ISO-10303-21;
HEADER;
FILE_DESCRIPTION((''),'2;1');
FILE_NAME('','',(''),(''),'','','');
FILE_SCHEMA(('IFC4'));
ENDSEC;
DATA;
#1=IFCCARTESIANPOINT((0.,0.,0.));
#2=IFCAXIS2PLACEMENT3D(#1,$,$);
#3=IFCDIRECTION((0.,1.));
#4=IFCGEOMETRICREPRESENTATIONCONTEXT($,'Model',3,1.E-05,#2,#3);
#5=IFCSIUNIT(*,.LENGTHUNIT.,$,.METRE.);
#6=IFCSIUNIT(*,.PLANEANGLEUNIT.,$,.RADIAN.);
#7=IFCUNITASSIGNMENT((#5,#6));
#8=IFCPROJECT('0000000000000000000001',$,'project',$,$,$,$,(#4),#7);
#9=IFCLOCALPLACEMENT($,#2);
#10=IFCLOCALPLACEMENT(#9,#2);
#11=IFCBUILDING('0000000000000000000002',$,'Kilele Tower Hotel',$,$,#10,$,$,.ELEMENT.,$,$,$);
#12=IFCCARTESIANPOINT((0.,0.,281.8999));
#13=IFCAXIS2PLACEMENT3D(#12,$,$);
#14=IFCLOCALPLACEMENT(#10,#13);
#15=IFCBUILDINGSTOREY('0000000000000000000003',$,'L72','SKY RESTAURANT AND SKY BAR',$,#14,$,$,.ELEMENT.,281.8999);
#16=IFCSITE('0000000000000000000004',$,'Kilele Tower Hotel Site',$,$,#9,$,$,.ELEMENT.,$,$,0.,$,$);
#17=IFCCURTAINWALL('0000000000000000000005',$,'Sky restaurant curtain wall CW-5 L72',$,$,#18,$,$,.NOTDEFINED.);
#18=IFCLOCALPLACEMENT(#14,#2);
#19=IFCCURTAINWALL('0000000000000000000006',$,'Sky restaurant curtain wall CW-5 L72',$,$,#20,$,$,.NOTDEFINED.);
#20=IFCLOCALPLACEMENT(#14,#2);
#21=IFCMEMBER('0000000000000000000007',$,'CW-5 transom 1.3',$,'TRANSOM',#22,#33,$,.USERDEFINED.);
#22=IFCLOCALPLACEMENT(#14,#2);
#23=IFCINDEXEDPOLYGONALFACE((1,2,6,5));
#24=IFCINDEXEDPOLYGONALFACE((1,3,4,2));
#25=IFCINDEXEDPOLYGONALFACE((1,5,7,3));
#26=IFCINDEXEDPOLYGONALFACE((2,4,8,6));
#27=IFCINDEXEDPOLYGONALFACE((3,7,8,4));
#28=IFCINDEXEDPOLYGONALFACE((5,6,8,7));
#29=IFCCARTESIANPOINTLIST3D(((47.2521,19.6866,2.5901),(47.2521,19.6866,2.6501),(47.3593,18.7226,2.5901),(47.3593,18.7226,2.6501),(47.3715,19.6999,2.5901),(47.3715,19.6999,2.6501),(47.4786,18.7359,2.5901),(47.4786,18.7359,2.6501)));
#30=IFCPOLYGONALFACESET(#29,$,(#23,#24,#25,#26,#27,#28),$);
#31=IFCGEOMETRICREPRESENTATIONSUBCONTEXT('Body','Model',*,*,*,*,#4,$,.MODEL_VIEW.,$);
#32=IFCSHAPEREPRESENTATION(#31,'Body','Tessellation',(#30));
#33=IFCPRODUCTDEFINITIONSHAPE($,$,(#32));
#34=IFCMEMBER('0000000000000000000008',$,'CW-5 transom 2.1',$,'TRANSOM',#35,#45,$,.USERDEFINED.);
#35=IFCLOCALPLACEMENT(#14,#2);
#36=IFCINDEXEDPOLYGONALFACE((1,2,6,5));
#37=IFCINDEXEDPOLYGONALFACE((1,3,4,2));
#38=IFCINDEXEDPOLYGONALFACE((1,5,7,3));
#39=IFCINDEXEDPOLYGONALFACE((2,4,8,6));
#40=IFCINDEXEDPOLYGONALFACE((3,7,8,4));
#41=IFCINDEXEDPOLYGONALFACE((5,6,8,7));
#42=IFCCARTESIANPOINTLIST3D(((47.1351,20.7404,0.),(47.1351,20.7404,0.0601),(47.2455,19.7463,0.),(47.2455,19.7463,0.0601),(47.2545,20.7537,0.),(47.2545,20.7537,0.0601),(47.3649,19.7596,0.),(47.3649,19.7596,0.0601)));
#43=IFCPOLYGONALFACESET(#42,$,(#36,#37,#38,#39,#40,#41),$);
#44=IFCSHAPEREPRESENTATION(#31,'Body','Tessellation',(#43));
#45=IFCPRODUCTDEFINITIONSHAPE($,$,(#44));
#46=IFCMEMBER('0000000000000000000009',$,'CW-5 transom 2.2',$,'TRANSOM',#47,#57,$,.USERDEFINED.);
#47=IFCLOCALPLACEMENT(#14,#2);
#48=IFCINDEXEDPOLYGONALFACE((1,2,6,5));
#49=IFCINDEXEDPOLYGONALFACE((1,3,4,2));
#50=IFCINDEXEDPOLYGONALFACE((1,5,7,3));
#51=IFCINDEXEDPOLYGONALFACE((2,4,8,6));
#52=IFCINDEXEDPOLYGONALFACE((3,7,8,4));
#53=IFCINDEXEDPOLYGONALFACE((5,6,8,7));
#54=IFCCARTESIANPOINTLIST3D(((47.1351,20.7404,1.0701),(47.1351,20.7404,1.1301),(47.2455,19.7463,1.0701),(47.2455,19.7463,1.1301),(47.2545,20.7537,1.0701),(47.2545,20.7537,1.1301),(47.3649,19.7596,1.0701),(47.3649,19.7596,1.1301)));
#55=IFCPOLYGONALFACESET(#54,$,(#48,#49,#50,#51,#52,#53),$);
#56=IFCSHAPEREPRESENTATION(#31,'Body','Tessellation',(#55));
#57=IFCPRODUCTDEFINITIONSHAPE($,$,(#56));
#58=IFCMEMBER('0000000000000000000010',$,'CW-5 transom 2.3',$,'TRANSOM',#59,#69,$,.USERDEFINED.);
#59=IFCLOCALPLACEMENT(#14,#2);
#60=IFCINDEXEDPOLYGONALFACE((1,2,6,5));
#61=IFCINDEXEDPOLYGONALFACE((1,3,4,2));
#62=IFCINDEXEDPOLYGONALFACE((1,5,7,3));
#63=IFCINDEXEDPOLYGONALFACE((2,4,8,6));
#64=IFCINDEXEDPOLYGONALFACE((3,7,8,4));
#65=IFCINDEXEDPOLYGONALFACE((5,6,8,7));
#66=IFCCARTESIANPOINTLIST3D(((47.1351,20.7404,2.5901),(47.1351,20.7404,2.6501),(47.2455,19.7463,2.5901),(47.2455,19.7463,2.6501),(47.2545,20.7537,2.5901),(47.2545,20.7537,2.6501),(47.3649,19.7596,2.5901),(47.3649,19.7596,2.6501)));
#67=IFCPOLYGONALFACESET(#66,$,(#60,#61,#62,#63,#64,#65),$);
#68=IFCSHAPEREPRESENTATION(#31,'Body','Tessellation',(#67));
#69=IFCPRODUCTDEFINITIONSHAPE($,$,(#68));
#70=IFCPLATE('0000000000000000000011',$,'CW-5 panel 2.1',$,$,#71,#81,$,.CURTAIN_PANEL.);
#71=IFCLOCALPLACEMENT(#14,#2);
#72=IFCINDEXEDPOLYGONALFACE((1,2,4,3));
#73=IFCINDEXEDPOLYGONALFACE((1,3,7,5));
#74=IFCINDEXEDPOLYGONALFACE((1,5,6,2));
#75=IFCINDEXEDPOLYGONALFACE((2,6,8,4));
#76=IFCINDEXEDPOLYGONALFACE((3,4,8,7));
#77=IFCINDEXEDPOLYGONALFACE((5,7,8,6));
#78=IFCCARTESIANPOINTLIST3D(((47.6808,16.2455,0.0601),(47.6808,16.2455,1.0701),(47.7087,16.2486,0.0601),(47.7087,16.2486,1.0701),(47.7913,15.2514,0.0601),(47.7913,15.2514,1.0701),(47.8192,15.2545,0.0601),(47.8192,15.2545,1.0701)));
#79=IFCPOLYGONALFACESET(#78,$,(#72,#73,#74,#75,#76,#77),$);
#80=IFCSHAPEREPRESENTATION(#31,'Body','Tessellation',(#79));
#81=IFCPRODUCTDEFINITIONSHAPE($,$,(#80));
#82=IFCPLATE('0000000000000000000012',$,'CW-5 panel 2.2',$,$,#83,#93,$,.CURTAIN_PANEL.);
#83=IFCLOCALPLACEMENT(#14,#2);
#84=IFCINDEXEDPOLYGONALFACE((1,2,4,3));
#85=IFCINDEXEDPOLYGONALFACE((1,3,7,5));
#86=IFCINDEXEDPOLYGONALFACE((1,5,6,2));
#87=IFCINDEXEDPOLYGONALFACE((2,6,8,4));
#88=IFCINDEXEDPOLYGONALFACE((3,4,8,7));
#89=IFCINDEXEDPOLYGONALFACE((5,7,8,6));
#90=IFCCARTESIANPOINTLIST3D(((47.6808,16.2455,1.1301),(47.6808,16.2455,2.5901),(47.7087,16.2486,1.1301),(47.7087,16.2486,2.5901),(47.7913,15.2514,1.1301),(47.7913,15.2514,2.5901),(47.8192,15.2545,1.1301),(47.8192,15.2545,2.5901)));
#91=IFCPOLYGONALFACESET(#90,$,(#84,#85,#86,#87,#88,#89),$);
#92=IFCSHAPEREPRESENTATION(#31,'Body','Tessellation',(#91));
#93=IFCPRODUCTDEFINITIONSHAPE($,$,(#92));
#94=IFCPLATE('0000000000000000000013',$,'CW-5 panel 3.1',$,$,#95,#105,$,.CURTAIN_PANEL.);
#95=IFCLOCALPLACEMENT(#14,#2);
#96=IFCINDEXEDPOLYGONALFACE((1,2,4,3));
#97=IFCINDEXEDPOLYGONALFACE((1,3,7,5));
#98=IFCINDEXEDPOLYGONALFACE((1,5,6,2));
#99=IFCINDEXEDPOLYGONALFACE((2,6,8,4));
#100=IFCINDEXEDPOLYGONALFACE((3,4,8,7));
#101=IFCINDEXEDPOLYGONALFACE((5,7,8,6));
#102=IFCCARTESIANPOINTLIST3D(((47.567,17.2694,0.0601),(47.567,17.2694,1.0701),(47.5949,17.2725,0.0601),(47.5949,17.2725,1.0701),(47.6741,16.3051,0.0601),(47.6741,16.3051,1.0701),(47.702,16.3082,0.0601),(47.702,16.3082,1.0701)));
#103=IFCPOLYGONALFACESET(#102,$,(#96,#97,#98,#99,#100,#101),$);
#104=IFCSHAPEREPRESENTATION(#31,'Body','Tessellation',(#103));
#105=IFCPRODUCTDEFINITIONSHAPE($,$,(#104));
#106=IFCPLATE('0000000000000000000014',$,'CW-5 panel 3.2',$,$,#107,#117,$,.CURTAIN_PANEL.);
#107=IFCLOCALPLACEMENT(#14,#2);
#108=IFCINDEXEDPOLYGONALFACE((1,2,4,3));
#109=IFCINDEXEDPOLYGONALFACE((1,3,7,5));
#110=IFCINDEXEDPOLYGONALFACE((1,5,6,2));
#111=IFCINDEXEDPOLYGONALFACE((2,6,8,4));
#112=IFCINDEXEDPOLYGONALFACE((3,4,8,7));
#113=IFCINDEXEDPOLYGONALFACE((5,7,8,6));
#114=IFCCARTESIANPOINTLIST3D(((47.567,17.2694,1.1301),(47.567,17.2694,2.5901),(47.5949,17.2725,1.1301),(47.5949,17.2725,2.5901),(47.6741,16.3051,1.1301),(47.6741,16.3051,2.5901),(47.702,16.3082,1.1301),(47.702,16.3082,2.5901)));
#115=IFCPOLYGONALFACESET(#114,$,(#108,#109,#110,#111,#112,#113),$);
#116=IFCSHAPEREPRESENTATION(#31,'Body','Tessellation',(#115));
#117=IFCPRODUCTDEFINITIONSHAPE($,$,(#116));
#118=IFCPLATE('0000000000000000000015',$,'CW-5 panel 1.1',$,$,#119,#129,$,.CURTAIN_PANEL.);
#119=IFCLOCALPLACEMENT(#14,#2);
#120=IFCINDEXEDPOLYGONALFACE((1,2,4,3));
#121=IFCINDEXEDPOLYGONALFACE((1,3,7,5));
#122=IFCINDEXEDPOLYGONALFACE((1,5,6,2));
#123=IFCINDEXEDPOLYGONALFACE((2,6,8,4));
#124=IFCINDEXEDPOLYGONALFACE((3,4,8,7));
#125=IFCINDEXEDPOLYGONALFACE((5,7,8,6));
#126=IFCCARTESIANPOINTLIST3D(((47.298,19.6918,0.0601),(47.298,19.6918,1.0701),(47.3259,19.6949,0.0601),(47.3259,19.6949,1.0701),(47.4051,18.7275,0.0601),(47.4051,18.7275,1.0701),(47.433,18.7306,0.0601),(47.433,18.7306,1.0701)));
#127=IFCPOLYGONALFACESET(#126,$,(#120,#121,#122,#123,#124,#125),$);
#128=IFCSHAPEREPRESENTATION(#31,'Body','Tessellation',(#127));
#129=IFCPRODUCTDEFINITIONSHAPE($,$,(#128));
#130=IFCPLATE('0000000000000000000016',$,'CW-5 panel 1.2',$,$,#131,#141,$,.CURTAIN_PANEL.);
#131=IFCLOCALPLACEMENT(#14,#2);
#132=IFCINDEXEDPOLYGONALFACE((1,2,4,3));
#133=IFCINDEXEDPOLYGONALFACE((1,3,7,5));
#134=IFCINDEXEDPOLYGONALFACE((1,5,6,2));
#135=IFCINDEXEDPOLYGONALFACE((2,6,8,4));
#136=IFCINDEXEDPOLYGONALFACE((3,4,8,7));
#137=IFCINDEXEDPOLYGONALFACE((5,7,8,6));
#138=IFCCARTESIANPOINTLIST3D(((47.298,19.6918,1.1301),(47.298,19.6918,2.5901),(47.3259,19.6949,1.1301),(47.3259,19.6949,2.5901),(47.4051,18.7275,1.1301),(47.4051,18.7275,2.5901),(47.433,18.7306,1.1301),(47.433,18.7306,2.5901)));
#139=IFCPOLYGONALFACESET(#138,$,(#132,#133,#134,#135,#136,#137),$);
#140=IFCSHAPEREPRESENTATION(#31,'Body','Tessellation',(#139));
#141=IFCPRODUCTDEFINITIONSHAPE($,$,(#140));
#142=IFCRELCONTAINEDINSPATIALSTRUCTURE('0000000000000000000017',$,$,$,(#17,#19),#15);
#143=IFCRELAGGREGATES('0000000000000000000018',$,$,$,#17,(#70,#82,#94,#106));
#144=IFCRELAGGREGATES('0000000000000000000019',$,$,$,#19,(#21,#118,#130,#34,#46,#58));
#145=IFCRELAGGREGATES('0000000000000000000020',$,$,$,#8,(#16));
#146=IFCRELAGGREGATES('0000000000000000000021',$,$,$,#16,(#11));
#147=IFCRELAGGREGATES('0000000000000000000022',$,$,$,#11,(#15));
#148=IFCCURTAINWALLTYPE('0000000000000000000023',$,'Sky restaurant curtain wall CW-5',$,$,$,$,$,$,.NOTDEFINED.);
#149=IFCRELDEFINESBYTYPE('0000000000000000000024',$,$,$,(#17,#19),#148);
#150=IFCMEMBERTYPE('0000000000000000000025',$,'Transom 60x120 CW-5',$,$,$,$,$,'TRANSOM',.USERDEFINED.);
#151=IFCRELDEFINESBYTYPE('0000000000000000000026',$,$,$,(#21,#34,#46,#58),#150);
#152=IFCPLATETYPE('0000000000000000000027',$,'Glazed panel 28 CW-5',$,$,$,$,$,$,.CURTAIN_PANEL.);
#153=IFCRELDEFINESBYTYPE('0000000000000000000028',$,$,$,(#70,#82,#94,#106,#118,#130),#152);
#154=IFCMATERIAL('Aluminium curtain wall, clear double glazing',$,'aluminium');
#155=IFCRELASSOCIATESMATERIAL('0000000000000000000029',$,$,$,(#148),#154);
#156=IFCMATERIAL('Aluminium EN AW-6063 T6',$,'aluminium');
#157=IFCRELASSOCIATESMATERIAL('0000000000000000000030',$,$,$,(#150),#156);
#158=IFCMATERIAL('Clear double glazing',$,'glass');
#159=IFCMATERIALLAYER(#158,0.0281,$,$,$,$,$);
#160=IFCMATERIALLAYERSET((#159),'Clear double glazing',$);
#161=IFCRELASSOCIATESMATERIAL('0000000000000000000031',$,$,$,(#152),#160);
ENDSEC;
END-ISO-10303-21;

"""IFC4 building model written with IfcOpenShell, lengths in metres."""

from ifc_helpers import new_model, si_unit, direction, frame, origin, origin_2d, place, context, subcontext, project, spatial, rectangle, extrude, material, layer, layer_set, material_profile, profile_set, type_object, element, aggregate, save


model = new_model("IFC4")

# Units and contexts
model_context = context("Model", 3, precision=1e-05, world=origin(), true_north=direction((0.0, 1.0)))
body_context = subcontext(model_context, "Body", "Model", "MODEL_VIEW")
ifc_project = project(units=[si_unit("LENGTHUNIT", "METRE"), si_unit("PLANEANGLEUNIT", "RADIAN")], contexts=[model_context])

# Site, building, storey
site_placement = place(None, origin())
site = spatial("IfcSite", under=ifc_project, at=site_placement, Name="Kilele Tower Hotel Site", CompositionType="ELEMENT", RefElevation=0.0)
building_placement = place(site_placement, origin())
building = spatial("IfcBuilding", under=site, at=building_placement, Name="Kilele Tower Hotel", CompositionType="ELEMENT")
storey_placement = place(building_placement, frame((0.0, 0.0, 281.8999)))
storey = spatial("IfcBuildingStorey", under=building, at=storey_placement, Name="L72", Description="SKY RESTAURANT AND SKY BAR", CompositionType="ELEMENT", Elevation=281.8999)

# Curtain walls
ifc_material_1 = material(Name="Aluminium curtain wall, clear double glazing", Category="aluminium")
curtain_wall_type = type_object("IfcCurtainWallType", Name="Sky restaurant curtain wall CW-5", PredefinedType="NOTDEFINED", material=ifc_material_1)
curtain_wall_1_placement = place(storey_placement, origin())
curtain_wall_1 = element("IfcCurtainWall", 1, at=curtain_wall_1_placement, inside=storey, type_object=curtain_wall_type, Name="Sky restaurant curtain wall CW-5 L72", PredefinedType="NOTDEFINED")
curtain_wall_2_placement = place(storey_placement, origin())
curtain_wall_2 = element("IfcCurtainWall", 2, at=curtain_wall_2_placement, inside=storey, type_object=curtain_wall_type, Name="Sky restaurant curtain wall CW-5 L72", PredefinedType="NOTDEFINED")

# Members
ifc_material_2 = material(Name="Aluminium EN AW-6063 T6", Category="aluminium")
ifc_material_profile_1 = material_profile(ifc_material_2, rectangle(XDim=0.1201, YDim=0.0601, at=origin_2d()))
ifc_profile_set_1 = profile_set([ifc_material_profile_1], Name="Aluminium EN AW-6063 T6")
member_type_1 = type_object("IfcMemberType", Name="Transom 60x120 CW-5", ElementType="TRANSOM", PredefinedType="USERDEFINED", material=ifc_profile_set_1)
member_1_placement = place(storey_placement, frame((47.4189, 18.7292, 2.6201), z_axis=(-0.110487, 0.993878, 0.0), x_axis=(-0.993878, -0.110487, 0.0)))
member_1 = element("IfcMember", 3, at=member_1_placement, type_object=member_type_1, Name="CW-5 transom 1.3", ObjectType="TRANSOM", PredefinedType="USERDEFINED", context=body_context, shape_type="SweptSolid", body=[
    extrude(rectangle(XDim=0.1201, YDim=0.0601, at=origin_2d()), origin(), (0.0, 0.0, 1.0), 0.97),
])
member_2_placement = place(storey_placement, frame((47.3052, 19.7529, 0.03), z_axis=(-0.110324, 0.993896, 0.0), x_axis=(-0.993896, -0.110324, 0.0)))
member_2 = element("IfcMember", 4, at=member_2_placement, type_object=member_type_1, Name="CW-5 transom 2.1", ObjectType="TRANSOM", PredefinedType="USERDEFINED", context=body_context, shape_type="SweptSolid", body=[
    extrude(rectangle(XDim=0.1201, YDim=0.0601, at=origin_2d()), origin(), (0.0, 0.0, 1.0), 1.0002),
])
member_3_placement = place(storey_placement, frame((47.3052, 19.7529, 1.1001), z_axis=(-0.110324, 0.993896, 0.0), x_axis=(-0.993896, -0.110324, 0.0)))
member_3 = element("IfcMember", 5, at=member_3_placement, type_object=member_type_1, Name="CW-5 transom 2.2", ObjectType="TRANSOM", PredefinedType="USERDEFINED", context=body_context, shape_type="SweptSolid", body=[
    extrude(rectangle(XDim=0.1201, YDim=0.0601, at=origin_2d()), origin(), (0.0, 0.0, 1.0), 1.0002),
])
member_4_placement = place(storey_placement, frame((47.3052, 19.7529, 2.6201), z_axis=(-0.110324, 0.993896, 0.0), x_axis=(-0.993896, -0.110324, 0.0)))
member_4 = element("IfcMember", 6, at=member_4_placement, type_object=member_type_1, Name="CW-5 transom 2.3", ObjectType="TRANSOM", PredefinedType="USERDEFINED", context=body_context, shape_type="SweptSolid", body=[
    extrude(rectangle(XDim=0.1201, YDim=0.0601, at=origin_2d()), origin(), (0.0, 0.0, 1.0), 1.0002),
])

# Plates
ifc_material_3 = material(Name="Clear double glazing", Category="glass")
ifc_layer = layer(ifc_material_3, 0.0281)
ifc_layer_set = layer_set([ifc_layer], Name="Clear double glazing")
plate_type = type_object("IfcPlateType", Name="Glazed panel 28 CW-5", PredefinedType="CURTAIN_PANEL", material=ifc_layer_set)
plate_1_placement = place(storey_placement, frame((47.75, 15.75, 0.0601), z_axis=(0.0, 0.0, 1.0), x_axis=(-0.110432, 0.993884, 0.0)))
plate_1 = element("IfcPlate", 7, at=plate_1_placement, type_object=plate_type, Name="CW-5 panel 2.1", PredefinedType="CURTAIN_PANEL", context=body_context, shape_type="SweptSolid", body=[
    extrude(rectangle(XDim=1.0002, YDim=0.0281, at=origin_2d()), origin(), (0.0, 0.0, 1.0), 1.01),
])
plate_2_placement = place(storey_placement, frame((47.75, 15.75, 1.1301), z_axis=(0.0, 0.0, 1.0), x_axis=(-0.110432, 0.993884, 0.0)))
plate_2 = element("IfcPlate", 8, at=plate_2_placement, type_object=plate_type, Name="CW-5 panel 2.2", PredefinedType="CURTAIN_PANEL", context=body_context, shape_type="SweptSolid", body=[
    extrude(rectangle(XDim=1.0002, YDim=0.0281, at=origin_2d()), origin(), (0.0, 0.0, 1.0), 1.46),
])
plate_3_placement = place(storey_placement, frame((47.6345, 16.7888, 0.0601), z_axis=(0.0, 0.0, 1.0), x_axis=(-0.110432, 0.993884, 0.0)))
plate_3 = element("IfcPlate", 9, at=plate_3_placement, type_object=plate_type, Name="CW-5 panel 3.1", PredefinedType="CURTAIN_PANEL", context=body_context, shape_type="SweptSolid", body=[
    extrude(rectangle(XDim=0.9702, YDim=0.0281, at=origin_2d()), origin(), (0.0, 0.0, 1.0), 1.01),
])
plate_4_placement = place(storey_placement, frame((47.6345, 16.7888, 1.1301), z_axis=(0.0, 0.0, 1.0), x_axis=(-0.110432, 0.993884, 0.0)))
plate_4 = element("IfcPlate", 10, at=plate_4_placement, type_object=plate_type, Name="CW-5 panel 3.2", PredefinedType="CURTAIN_PANEL", context=body_context, shape_type="SweptSolid", body=[
    extrude(rectangle(XDim=0.9702, YDim=0.0281, at=origin_2d()), origin(), (0.0, 0.0, 1.0), 1.46),
])
aggregate(curtain_wall_1, [plate_1, plate_2, plate_3, plate_4])
plate_5_placement = place(storey_placement, frame((47.3655, 19.2112, 0.0601), z_axis=(0.0, 0.0, 1.0), x_axis=(-0.110432, 0.993884, 0.0)))
plate_5 = element("IfcPlate", 11, at=plate_5_placement, type_object=plate_type, Name="CW-5 panel 1.1", PredefinedType="CURTAIN_PANEL", context=body_context, shape_type="SweptSolid", body=[
    extrude(rectangle(XDim=0.9702, YDim=0.0281, at=origin_2d()), origin(), (0.0, 0.0, 1.0), 1.01),
])
plate_6_placement = place(storey_placement, frame((47.3655, 19.2112, 1.1301), z_axis=(0.0, 0.0, 1.0), x_axis=(-0.110432, 0.993884, 0.0)))
plate_6 = element("IfcPlate", 12, at=plate_6_placement, type_object=plate_type, Name="CW-5 panel 1.2", PredefinedType="CURTAIN_PANEL", context=body_context, shape_type="SweptSolid", body=[
    extrude(rectangle(XDim=0.9702, YDim=0.0281, at=origin_2d()), origin(), (0.0, 0.0, 1.0), 1.46),
])
aggregate(curtain_wall_2, [member_1, plate_5, plate_6, member_2, member_3, member_4])

save(model, "model.ifc")
